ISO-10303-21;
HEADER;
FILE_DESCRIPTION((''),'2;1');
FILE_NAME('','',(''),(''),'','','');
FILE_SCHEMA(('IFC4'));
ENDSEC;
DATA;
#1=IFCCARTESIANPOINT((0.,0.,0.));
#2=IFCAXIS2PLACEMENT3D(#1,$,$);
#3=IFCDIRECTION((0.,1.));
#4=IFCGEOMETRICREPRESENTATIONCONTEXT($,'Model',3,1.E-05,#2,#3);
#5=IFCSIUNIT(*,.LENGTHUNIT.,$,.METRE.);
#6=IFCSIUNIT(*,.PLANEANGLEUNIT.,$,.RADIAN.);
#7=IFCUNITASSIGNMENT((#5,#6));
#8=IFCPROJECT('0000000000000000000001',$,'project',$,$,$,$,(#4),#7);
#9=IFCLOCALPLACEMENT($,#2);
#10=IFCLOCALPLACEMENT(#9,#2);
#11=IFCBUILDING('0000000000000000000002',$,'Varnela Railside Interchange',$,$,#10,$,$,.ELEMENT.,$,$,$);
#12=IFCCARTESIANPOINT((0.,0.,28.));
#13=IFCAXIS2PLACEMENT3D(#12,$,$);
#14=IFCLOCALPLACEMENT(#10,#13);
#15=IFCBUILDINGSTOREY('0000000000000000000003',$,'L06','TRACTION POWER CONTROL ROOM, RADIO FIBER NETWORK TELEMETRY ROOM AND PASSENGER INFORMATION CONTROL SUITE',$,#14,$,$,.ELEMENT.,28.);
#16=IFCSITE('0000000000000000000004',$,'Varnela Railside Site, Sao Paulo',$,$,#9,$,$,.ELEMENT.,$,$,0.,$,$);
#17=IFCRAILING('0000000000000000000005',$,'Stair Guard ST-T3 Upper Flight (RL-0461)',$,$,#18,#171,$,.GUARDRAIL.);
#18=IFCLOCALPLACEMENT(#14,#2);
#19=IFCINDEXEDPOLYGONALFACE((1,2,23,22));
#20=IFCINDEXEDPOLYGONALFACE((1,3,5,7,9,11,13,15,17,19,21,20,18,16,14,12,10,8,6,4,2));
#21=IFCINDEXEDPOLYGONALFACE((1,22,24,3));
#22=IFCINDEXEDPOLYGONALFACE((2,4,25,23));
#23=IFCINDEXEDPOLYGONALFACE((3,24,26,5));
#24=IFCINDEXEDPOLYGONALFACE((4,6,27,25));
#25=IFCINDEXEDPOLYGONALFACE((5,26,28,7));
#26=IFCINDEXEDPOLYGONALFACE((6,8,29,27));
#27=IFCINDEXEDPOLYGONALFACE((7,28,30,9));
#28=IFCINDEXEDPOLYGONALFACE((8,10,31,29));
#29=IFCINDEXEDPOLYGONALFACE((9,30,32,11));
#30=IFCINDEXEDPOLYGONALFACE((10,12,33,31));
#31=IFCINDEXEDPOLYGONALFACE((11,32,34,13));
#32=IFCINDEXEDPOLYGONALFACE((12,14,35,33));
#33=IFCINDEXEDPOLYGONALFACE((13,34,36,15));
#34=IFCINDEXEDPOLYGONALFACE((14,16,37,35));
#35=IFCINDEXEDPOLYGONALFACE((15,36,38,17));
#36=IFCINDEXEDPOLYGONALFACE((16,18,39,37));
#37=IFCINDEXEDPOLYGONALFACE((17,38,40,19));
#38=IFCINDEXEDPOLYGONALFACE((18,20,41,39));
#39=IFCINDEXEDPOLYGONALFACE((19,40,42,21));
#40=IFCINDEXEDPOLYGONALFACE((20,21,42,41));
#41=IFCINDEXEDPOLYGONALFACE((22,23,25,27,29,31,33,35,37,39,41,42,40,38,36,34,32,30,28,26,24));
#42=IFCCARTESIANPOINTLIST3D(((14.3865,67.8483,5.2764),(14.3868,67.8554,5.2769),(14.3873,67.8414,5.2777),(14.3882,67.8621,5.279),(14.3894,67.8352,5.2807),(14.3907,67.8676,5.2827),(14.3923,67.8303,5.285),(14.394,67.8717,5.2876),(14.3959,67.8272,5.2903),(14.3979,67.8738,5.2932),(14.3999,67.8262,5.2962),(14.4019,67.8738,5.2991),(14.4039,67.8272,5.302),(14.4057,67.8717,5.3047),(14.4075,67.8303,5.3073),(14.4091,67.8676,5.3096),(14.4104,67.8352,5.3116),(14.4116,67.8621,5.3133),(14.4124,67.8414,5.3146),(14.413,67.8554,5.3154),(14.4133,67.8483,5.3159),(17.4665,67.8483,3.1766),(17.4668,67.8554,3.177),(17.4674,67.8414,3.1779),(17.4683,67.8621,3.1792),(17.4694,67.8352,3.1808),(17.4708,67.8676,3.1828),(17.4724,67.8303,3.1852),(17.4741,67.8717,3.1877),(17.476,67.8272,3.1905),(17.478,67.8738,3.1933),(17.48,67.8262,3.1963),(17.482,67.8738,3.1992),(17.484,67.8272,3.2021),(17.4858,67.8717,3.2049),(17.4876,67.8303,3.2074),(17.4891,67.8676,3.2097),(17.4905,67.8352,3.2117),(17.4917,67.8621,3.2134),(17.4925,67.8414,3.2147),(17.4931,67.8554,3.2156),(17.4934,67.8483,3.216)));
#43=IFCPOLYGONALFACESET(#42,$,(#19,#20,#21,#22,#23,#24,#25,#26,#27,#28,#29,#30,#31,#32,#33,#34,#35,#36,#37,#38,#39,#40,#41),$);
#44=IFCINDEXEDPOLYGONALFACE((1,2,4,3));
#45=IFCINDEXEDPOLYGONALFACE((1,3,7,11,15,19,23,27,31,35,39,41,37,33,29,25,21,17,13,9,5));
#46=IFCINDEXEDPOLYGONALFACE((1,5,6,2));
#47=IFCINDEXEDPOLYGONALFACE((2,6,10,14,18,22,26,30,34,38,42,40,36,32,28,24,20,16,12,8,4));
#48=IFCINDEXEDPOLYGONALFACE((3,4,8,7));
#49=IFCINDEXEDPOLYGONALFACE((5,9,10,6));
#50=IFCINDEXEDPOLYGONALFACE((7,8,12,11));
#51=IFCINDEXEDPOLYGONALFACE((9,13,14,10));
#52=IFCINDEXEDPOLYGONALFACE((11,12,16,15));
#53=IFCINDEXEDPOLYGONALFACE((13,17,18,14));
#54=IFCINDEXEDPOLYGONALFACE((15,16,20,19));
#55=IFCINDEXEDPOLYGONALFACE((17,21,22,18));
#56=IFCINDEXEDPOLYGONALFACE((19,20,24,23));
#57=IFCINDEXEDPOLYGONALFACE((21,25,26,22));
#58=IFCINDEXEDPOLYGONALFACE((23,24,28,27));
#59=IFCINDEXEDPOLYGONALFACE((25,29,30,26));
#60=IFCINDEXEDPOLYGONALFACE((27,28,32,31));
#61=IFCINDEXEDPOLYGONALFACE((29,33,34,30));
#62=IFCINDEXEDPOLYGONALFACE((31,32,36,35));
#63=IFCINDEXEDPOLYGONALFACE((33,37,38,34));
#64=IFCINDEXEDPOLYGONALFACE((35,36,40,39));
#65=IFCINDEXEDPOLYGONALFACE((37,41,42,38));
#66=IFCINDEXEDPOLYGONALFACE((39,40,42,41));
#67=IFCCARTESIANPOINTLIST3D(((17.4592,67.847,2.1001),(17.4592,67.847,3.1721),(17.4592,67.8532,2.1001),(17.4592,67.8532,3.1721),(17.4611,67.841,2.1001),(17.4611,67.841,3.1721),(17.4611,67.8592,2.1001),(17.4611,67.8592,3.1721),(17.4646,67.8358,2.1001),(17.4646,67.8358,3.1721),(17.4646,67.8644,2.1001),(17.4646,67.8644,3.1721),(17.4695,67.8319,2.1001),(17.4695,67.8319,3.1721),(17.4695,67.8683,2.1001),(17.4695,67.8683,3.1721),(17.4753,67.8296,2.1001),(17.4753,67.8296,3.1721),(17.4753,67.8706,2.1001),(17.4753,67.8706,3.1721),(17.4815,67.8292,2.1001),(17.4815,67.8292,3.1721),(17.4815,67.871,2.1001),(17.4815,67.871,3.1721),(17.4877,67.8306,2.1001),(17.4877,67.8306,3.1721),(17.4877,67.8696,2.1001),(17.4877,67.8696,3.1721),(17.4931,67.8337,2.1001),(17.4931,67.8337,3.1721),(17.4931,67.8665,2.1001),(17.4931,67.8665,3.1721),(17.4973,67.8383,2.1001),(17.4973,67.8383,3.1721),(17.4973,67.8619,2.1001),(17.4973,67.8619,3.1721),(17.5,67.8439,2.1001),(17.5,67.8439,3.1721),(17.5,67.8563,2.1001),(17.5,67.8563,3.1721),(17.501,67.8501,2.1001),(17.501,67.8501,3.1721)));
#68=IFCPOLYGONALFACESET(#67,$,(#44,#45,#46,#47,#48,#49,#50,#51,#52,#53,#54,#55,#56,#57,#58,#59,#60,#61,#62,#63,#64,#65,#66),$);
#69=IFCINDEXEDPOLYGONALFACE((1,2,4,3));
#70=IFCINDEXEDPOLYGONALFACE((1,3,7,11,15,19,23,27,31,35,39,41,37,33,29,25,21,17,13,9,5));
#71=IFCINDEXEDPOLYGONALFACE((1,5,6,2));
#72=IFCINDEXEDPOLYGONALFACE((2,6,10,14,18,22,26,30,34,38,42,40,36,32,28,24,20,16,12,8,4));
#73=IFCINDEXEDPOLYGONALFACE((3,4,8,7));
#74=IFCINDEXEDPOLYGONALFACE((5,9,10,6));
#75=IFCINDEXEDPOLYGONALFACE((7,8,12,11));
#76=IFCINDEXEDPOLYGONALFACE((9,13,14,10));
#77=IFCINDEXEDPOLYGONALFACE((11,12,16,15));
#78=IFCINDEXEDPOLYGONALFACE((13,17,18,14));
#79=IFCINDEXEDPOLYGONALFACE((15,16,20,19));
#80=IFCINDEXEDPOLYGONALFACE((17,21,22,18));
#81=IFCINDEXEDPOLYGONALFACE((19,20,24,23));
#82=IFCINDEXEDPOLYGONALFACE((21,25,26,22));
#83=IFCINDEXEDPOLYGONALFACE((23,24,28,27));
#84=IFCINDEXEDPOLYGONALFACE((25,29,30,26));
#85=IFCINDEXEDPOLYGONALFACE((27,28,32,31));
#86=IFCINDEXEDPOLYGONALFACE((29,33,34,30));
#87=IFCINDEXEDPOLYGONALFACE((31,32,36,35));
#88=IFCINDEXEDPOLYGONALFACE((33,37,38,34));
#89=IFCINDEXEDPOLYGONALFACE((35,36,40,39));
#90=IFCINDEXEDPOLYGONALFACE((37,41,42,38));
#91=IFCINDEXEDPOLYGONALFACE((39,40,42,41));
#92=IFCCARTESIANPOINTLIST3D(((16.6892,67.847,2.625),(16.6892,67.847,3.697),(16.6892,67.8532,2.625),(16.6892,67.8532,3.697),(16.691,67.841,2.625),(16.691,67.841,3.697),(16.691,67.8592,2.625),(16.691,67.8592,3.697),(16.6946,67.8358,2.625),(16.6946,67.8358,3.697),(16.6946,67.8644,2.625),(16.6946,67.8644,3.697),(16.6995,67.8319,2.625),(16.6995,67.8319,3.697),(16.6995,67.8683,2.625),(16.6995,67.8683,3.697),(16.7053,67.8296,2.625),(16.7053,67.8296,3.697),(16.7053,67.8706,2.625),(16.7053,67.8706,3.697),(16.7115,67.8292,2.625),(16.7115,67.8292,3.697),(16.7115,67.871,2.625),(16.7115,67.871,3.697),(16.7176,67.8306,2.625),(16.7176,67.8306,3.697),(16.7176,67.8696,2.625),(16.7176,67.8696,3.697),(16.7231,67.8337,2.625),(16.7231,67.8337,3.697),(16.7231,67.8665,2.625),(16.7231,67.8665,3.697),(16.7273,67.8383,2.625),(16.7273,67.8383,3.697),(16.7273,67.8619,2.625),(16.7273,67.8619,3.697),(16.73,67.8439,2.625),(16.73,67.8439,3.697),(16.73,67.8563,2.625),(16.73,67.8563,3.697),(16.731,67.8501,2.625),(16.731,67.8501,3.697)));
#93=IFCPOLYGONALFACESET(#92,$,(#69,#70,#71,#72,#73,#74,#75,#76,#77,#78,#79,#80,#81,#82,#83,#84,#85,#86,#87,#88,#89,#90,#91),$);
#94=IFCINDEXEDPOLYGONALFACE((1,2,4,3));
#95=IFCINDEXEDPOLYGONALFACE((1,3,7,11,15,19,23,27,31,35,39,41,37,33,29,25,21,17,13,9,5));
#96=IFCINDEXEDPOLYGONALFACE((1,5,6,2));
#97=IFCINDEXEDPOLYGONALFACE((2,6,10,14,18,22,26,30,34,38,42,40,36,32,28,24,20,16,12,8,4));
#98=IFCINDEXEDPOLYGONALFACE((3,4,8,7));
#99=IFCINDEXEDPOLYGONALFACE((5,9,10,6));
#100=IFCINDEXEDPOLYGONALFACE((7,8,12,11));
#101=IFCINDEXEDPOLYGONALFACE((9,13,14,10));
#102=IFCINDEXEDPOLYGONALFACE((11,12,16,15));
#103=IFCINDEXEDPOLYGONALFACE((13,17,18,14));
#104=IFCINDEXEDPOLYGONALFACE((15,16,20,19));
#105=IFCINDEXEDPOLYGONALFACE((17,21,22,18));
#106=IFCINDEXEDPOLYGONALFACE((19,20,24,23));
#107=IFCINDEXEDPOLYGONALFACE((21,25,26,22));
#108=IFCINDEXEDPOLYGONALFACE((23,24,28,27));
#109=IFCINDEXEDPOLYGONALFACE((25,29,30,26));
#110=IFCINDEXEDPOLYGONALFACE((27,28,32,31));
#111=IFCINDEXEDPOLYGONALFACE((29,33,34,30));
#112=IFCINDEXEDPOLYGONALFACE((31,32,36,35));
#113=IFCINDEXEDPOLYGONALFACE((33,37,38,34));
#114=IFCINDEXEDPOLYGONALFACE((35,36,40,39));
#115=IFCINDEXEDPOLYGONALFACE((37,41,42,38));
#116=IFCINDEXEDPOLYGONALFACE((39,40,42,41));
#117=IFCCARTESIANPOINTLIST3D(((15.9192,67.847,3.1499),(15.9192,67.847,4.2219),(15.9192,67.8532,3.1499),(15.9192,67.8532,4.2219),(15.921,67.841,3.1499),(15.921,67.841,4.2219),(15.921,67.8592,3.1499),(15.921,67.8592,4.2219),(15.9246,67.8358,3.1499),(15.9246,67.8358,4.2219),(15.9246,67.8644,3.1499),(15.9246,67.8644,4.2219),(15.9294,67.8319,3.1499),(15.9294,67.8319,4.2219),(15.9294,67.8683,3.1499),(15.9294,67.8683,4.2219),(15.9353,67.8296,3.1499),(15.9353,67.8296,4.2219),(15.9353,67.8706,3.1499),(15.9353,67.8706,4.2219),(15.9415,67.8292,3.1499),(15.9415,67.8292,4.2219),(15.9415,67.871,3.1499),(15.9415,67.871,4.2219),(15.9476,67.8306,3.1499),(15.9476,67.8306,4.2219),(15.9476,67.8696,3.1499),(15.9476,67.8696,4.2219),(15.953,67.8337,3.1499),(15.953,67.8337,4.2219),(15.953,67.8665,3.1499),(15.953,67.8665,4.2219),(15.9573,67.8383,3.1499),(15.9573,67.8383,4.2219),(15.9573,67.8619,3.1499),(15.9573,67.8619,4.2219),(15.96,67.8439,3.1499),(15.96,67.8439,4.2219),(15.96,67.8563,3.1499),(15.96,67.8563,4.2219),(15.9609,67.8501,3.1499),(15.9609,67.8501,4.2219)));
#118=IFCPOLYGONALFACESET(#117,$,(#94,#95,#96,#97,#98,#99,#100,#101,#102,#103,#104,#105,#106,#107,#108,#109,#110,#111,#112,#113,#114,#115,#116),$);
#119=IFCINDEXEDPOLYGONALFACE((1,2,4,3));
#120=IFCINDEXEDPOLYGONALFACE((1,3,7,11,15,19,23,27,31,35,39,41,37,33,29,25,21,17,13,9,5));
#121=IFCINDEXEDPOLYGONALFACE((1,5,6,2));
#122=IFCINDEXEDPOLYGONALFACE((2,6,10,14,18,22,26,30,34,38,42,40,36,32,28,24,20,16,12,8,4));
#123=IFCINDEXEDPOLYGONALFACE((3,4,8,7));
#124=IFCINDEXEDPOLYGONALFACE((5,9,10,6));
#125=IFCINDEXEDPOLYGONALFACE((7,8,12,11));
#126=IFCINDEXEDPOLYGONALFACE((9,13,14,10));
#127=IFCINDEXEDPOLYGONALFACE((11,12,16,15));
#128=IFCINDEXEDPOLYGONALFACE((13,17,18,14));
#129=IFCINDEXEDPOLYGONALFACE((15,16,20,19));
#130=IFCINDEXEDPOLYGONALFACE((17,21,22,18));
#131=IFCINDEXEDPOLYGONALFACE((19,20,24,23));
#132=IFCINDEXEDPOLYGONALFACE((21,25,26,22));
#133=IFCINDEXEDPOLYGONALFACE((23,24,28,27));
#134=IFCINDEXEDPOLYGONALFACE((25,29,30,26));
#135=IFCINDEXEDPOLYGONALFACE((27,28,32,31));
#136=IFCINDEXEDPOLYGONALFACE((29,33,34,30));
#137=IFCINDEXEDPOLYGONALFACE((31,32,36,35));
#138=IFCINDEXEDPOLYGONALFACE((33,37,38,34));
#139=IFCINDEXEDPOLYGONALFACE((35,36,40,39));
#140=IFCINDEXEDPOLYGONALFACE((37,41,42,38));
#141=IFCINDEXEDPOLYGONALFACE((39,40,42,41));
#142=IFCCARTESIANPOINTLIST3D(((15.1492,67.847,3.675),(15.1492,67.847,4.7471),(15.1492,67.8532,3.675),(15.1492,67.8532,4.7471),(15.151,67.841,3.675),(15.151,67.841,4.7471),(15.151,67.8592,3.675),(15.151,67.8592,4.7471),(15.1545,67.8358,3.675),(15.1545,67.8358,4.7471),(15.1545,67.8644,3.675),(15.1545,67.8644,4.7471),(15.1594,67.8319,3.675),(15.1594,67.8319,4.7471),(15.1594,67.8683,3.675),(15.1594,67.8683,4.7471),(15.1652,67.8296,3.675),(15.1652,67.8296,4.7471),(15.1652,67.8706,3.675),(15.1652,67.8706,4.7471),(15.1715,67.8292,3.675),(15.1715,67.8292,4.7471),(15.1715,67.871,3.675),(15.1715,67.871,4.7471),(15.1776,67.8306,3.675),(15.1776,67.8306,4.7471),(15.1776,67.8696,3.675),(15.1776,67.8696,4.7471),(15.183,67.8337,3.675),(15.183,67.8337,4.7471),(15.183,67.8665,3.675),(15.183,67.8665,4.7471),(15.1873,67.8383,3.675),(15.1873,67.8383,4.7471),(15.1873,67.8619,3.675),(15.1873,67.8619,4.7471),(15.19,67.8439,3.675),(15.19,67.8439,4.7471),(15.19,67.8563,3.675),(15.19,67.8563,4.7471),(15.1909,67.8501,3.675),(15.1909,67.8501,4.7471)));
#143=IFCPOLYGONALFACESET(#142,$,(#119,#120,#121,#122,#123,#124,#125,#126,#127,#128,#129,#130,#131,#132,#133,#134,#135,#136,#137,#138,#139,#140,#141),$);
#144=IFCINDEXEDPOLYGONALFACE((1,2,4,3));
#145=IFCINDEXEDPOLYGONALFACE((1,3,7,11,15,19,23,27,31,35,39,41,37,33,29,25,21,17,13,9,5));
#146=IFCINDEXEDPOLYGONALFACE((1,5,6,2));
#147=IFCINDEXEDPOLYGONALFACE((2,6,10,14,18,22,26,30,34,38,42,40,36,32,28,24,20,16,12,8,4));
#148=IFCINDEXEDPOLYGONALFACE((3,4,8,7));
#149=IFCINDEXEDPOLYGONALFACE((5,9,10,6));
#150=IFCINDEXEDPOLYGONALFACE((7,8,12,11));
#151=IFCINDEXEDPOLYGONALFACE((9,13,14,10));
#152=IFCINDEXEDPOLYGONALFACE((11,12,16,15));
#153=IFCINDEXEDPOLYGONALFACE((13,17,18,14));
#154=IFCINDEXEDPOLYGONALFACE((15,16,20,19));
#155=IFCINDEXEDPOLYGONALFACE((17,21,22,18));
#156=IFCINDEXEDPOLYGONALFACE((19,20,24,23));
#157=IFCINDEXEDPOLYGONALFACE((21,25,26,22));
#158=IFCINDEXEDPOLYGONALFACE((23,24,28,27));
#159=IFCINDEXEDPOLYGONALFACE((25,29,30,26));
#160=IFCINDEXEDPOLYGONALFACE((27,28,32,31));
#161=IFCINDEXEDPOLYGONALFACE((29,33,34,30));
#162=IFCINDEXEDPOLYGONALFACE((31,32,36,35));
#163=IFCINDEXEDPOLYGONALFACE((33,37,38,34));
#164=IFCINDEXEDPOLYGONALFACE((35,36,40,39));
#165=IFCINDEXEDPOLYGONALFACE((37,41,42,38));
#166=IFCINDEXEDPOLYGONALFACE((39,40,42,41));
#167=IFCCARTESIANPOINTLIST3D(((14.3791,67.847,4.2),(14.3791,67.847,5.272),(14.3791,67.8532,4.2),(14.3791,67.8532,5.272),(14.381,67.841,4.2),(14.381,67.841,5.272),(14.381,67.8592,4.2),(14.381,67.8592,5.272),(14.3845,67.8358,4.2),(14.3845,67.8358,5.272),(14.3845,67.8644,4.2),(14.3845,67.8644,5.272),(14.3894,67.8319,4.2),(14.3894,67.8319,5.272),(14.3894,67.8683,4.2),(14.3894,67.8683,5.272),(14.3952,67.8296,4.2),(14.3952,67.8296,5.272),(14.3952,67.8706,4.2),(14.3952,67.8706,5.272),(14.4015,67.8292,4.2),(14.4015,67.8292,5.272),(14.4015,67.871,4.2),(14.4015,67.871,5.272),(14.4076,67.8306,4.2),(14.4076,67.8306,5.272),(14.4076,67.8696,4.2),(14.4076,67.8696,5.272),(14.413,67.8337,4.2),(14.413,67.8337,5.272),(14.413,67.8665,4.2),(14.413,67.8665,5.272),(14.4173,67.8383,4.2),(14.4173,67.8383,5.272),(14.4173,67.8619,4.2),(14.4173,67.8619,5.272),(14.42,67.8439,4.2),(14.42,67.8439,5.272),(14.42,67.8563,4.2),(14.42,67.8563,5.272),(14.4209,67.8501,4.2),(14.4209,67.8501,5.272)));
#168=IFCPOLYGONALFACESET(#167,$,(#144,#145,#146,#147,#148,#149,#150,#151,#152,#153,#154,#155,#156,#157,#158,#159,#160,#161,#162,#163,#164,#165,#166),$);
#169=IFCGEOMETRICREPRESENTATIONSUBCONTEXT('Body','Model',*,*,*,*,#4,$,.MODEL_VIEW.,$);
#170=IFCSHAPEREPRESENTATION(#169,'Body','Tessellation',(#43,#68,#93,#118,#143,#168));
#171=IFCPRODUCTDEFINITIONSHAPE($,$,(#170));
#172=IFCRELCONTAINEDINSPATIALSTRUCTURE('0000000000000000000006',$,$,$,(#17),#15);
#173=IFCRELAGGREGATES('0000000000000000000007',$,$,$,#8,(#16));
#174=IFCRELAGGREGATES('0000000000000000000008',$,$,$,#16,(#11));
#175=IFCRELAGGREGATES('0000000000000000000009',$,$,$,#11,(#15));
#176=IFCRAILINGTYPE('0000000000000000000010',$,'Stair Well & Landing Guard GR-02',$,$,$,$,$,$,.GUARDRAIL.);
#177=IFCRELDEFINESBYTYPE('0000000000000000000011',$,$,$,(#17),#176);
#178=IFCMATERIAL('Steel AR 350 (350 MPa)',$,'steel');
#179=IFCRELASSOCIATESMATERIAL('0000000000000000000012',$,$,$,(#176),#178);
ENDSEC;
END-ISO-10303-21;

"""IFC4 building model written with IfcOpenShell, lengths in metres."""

from ifc_helpers import new_model, si_unit, direction, frame, origin, origin_2d, place, context, subcontext, project, spatial, circle, extrude, material, type_object, element, save


model = new_model("IFC4")

# Units and contexts
model_context = context("Model", 3, precision=1e-05, world=origin(), true_north=direction((0.0, 1.0)))
body_context = subcontext(model_context, "Body", "Model", "MODEL_VIEW")
ifc_project = project(units=[si_unit("LENGTHUNIT", "METRE"), si_unit("PLANEANGLEUNIT", "RADIAN")], contexts=[model_context])

# Site, building, storey
site_placement = place(None, origin())
site = spatial("IfcSite", under=ifc_project, at=site_placement, Name="Varnela Railside Site, Sao Paulo", CompositionType="ELEMENT", RefElevation=0.0)
building_placement = place(site_placement, origin())
building = spatial("IfcBuilding", under=site, at=building_placement, Name="Varnela Railside Interchange", CompositionType="ELEMENT")
storey_placement = place(building_placement, frame((0.0, 0.0, 28.0)))
storey = spatial("IfcBuildingStorey", under=building, at=storey_placement, Name="L06", Description="TRACTION POWER CONTROL ROOM, RADIO FIBER NETWORK TELEMETRY ROOM AND PASSENGER INFORMATION CONTROL SUITE", CompositionType="ELEMENT", Elevation=28.0)

# Shared definitions
ifc_material_1 = material(Name="Steel AR 350 (350 MPa)", Category="steel")

# Railing
railing_type_1 = type_object("IfcRailingType", Name="Stair Well & Landing Guard GR-02", PredefinedType="GUARDRAIL", material=ifc_material_1)
railing_1_placement = place(storey_placement, frame((17.48, 67.8501, 2.1001)))
element("IfcRailing", 1, at=railing_1_placement, inside=storey, type_object=railing_type_1, Name="Stair Guard ST-T3 Upper Flight (RL-0461)", PredefinedType="GUARDRAIL", context=body_context, shape_type="SweptSolid", body=[
    extrude(circle(Radius=0.0239, at=origin_2d()), frame((0.0, 0.0, 1.0962), z_axis=(-0.826252, 0.0, 0.5633), x_axis=(0.0, -1.0, 0.0)), (0.0, 0.0, 1.0), 3.7278),
    extrude(circle(Radius=0.021, at=origin_2d()), origin(), (0.0, 0.0, 1.0), 1.072),
    extrude(circle(Radius=0.021, at=origin_2d()), frame((-0.77, 0.0, 0.5249)), (0.0, 0.0, 1.0), 1.072),
    extrude(circle(Radius=0.021, at=origin_2d()), frame((-1.54, 0.0, 1.0498)), (0.0, 0.0, 1.0), 1.072),
    extrude(circle(Radius=0.021, at=origin_2d()), frame((-2.3101, 0.0, 1.575)), (0.0, 0.0, 1.0), 1.072),
    extrude(circle(Radius=0.021, at=origin_2d()), frame((-3.0801, 0.0, 2.0999)), (0.0, 0.0, 1.0), 1.072),
])

save(model, "model.ifc")
